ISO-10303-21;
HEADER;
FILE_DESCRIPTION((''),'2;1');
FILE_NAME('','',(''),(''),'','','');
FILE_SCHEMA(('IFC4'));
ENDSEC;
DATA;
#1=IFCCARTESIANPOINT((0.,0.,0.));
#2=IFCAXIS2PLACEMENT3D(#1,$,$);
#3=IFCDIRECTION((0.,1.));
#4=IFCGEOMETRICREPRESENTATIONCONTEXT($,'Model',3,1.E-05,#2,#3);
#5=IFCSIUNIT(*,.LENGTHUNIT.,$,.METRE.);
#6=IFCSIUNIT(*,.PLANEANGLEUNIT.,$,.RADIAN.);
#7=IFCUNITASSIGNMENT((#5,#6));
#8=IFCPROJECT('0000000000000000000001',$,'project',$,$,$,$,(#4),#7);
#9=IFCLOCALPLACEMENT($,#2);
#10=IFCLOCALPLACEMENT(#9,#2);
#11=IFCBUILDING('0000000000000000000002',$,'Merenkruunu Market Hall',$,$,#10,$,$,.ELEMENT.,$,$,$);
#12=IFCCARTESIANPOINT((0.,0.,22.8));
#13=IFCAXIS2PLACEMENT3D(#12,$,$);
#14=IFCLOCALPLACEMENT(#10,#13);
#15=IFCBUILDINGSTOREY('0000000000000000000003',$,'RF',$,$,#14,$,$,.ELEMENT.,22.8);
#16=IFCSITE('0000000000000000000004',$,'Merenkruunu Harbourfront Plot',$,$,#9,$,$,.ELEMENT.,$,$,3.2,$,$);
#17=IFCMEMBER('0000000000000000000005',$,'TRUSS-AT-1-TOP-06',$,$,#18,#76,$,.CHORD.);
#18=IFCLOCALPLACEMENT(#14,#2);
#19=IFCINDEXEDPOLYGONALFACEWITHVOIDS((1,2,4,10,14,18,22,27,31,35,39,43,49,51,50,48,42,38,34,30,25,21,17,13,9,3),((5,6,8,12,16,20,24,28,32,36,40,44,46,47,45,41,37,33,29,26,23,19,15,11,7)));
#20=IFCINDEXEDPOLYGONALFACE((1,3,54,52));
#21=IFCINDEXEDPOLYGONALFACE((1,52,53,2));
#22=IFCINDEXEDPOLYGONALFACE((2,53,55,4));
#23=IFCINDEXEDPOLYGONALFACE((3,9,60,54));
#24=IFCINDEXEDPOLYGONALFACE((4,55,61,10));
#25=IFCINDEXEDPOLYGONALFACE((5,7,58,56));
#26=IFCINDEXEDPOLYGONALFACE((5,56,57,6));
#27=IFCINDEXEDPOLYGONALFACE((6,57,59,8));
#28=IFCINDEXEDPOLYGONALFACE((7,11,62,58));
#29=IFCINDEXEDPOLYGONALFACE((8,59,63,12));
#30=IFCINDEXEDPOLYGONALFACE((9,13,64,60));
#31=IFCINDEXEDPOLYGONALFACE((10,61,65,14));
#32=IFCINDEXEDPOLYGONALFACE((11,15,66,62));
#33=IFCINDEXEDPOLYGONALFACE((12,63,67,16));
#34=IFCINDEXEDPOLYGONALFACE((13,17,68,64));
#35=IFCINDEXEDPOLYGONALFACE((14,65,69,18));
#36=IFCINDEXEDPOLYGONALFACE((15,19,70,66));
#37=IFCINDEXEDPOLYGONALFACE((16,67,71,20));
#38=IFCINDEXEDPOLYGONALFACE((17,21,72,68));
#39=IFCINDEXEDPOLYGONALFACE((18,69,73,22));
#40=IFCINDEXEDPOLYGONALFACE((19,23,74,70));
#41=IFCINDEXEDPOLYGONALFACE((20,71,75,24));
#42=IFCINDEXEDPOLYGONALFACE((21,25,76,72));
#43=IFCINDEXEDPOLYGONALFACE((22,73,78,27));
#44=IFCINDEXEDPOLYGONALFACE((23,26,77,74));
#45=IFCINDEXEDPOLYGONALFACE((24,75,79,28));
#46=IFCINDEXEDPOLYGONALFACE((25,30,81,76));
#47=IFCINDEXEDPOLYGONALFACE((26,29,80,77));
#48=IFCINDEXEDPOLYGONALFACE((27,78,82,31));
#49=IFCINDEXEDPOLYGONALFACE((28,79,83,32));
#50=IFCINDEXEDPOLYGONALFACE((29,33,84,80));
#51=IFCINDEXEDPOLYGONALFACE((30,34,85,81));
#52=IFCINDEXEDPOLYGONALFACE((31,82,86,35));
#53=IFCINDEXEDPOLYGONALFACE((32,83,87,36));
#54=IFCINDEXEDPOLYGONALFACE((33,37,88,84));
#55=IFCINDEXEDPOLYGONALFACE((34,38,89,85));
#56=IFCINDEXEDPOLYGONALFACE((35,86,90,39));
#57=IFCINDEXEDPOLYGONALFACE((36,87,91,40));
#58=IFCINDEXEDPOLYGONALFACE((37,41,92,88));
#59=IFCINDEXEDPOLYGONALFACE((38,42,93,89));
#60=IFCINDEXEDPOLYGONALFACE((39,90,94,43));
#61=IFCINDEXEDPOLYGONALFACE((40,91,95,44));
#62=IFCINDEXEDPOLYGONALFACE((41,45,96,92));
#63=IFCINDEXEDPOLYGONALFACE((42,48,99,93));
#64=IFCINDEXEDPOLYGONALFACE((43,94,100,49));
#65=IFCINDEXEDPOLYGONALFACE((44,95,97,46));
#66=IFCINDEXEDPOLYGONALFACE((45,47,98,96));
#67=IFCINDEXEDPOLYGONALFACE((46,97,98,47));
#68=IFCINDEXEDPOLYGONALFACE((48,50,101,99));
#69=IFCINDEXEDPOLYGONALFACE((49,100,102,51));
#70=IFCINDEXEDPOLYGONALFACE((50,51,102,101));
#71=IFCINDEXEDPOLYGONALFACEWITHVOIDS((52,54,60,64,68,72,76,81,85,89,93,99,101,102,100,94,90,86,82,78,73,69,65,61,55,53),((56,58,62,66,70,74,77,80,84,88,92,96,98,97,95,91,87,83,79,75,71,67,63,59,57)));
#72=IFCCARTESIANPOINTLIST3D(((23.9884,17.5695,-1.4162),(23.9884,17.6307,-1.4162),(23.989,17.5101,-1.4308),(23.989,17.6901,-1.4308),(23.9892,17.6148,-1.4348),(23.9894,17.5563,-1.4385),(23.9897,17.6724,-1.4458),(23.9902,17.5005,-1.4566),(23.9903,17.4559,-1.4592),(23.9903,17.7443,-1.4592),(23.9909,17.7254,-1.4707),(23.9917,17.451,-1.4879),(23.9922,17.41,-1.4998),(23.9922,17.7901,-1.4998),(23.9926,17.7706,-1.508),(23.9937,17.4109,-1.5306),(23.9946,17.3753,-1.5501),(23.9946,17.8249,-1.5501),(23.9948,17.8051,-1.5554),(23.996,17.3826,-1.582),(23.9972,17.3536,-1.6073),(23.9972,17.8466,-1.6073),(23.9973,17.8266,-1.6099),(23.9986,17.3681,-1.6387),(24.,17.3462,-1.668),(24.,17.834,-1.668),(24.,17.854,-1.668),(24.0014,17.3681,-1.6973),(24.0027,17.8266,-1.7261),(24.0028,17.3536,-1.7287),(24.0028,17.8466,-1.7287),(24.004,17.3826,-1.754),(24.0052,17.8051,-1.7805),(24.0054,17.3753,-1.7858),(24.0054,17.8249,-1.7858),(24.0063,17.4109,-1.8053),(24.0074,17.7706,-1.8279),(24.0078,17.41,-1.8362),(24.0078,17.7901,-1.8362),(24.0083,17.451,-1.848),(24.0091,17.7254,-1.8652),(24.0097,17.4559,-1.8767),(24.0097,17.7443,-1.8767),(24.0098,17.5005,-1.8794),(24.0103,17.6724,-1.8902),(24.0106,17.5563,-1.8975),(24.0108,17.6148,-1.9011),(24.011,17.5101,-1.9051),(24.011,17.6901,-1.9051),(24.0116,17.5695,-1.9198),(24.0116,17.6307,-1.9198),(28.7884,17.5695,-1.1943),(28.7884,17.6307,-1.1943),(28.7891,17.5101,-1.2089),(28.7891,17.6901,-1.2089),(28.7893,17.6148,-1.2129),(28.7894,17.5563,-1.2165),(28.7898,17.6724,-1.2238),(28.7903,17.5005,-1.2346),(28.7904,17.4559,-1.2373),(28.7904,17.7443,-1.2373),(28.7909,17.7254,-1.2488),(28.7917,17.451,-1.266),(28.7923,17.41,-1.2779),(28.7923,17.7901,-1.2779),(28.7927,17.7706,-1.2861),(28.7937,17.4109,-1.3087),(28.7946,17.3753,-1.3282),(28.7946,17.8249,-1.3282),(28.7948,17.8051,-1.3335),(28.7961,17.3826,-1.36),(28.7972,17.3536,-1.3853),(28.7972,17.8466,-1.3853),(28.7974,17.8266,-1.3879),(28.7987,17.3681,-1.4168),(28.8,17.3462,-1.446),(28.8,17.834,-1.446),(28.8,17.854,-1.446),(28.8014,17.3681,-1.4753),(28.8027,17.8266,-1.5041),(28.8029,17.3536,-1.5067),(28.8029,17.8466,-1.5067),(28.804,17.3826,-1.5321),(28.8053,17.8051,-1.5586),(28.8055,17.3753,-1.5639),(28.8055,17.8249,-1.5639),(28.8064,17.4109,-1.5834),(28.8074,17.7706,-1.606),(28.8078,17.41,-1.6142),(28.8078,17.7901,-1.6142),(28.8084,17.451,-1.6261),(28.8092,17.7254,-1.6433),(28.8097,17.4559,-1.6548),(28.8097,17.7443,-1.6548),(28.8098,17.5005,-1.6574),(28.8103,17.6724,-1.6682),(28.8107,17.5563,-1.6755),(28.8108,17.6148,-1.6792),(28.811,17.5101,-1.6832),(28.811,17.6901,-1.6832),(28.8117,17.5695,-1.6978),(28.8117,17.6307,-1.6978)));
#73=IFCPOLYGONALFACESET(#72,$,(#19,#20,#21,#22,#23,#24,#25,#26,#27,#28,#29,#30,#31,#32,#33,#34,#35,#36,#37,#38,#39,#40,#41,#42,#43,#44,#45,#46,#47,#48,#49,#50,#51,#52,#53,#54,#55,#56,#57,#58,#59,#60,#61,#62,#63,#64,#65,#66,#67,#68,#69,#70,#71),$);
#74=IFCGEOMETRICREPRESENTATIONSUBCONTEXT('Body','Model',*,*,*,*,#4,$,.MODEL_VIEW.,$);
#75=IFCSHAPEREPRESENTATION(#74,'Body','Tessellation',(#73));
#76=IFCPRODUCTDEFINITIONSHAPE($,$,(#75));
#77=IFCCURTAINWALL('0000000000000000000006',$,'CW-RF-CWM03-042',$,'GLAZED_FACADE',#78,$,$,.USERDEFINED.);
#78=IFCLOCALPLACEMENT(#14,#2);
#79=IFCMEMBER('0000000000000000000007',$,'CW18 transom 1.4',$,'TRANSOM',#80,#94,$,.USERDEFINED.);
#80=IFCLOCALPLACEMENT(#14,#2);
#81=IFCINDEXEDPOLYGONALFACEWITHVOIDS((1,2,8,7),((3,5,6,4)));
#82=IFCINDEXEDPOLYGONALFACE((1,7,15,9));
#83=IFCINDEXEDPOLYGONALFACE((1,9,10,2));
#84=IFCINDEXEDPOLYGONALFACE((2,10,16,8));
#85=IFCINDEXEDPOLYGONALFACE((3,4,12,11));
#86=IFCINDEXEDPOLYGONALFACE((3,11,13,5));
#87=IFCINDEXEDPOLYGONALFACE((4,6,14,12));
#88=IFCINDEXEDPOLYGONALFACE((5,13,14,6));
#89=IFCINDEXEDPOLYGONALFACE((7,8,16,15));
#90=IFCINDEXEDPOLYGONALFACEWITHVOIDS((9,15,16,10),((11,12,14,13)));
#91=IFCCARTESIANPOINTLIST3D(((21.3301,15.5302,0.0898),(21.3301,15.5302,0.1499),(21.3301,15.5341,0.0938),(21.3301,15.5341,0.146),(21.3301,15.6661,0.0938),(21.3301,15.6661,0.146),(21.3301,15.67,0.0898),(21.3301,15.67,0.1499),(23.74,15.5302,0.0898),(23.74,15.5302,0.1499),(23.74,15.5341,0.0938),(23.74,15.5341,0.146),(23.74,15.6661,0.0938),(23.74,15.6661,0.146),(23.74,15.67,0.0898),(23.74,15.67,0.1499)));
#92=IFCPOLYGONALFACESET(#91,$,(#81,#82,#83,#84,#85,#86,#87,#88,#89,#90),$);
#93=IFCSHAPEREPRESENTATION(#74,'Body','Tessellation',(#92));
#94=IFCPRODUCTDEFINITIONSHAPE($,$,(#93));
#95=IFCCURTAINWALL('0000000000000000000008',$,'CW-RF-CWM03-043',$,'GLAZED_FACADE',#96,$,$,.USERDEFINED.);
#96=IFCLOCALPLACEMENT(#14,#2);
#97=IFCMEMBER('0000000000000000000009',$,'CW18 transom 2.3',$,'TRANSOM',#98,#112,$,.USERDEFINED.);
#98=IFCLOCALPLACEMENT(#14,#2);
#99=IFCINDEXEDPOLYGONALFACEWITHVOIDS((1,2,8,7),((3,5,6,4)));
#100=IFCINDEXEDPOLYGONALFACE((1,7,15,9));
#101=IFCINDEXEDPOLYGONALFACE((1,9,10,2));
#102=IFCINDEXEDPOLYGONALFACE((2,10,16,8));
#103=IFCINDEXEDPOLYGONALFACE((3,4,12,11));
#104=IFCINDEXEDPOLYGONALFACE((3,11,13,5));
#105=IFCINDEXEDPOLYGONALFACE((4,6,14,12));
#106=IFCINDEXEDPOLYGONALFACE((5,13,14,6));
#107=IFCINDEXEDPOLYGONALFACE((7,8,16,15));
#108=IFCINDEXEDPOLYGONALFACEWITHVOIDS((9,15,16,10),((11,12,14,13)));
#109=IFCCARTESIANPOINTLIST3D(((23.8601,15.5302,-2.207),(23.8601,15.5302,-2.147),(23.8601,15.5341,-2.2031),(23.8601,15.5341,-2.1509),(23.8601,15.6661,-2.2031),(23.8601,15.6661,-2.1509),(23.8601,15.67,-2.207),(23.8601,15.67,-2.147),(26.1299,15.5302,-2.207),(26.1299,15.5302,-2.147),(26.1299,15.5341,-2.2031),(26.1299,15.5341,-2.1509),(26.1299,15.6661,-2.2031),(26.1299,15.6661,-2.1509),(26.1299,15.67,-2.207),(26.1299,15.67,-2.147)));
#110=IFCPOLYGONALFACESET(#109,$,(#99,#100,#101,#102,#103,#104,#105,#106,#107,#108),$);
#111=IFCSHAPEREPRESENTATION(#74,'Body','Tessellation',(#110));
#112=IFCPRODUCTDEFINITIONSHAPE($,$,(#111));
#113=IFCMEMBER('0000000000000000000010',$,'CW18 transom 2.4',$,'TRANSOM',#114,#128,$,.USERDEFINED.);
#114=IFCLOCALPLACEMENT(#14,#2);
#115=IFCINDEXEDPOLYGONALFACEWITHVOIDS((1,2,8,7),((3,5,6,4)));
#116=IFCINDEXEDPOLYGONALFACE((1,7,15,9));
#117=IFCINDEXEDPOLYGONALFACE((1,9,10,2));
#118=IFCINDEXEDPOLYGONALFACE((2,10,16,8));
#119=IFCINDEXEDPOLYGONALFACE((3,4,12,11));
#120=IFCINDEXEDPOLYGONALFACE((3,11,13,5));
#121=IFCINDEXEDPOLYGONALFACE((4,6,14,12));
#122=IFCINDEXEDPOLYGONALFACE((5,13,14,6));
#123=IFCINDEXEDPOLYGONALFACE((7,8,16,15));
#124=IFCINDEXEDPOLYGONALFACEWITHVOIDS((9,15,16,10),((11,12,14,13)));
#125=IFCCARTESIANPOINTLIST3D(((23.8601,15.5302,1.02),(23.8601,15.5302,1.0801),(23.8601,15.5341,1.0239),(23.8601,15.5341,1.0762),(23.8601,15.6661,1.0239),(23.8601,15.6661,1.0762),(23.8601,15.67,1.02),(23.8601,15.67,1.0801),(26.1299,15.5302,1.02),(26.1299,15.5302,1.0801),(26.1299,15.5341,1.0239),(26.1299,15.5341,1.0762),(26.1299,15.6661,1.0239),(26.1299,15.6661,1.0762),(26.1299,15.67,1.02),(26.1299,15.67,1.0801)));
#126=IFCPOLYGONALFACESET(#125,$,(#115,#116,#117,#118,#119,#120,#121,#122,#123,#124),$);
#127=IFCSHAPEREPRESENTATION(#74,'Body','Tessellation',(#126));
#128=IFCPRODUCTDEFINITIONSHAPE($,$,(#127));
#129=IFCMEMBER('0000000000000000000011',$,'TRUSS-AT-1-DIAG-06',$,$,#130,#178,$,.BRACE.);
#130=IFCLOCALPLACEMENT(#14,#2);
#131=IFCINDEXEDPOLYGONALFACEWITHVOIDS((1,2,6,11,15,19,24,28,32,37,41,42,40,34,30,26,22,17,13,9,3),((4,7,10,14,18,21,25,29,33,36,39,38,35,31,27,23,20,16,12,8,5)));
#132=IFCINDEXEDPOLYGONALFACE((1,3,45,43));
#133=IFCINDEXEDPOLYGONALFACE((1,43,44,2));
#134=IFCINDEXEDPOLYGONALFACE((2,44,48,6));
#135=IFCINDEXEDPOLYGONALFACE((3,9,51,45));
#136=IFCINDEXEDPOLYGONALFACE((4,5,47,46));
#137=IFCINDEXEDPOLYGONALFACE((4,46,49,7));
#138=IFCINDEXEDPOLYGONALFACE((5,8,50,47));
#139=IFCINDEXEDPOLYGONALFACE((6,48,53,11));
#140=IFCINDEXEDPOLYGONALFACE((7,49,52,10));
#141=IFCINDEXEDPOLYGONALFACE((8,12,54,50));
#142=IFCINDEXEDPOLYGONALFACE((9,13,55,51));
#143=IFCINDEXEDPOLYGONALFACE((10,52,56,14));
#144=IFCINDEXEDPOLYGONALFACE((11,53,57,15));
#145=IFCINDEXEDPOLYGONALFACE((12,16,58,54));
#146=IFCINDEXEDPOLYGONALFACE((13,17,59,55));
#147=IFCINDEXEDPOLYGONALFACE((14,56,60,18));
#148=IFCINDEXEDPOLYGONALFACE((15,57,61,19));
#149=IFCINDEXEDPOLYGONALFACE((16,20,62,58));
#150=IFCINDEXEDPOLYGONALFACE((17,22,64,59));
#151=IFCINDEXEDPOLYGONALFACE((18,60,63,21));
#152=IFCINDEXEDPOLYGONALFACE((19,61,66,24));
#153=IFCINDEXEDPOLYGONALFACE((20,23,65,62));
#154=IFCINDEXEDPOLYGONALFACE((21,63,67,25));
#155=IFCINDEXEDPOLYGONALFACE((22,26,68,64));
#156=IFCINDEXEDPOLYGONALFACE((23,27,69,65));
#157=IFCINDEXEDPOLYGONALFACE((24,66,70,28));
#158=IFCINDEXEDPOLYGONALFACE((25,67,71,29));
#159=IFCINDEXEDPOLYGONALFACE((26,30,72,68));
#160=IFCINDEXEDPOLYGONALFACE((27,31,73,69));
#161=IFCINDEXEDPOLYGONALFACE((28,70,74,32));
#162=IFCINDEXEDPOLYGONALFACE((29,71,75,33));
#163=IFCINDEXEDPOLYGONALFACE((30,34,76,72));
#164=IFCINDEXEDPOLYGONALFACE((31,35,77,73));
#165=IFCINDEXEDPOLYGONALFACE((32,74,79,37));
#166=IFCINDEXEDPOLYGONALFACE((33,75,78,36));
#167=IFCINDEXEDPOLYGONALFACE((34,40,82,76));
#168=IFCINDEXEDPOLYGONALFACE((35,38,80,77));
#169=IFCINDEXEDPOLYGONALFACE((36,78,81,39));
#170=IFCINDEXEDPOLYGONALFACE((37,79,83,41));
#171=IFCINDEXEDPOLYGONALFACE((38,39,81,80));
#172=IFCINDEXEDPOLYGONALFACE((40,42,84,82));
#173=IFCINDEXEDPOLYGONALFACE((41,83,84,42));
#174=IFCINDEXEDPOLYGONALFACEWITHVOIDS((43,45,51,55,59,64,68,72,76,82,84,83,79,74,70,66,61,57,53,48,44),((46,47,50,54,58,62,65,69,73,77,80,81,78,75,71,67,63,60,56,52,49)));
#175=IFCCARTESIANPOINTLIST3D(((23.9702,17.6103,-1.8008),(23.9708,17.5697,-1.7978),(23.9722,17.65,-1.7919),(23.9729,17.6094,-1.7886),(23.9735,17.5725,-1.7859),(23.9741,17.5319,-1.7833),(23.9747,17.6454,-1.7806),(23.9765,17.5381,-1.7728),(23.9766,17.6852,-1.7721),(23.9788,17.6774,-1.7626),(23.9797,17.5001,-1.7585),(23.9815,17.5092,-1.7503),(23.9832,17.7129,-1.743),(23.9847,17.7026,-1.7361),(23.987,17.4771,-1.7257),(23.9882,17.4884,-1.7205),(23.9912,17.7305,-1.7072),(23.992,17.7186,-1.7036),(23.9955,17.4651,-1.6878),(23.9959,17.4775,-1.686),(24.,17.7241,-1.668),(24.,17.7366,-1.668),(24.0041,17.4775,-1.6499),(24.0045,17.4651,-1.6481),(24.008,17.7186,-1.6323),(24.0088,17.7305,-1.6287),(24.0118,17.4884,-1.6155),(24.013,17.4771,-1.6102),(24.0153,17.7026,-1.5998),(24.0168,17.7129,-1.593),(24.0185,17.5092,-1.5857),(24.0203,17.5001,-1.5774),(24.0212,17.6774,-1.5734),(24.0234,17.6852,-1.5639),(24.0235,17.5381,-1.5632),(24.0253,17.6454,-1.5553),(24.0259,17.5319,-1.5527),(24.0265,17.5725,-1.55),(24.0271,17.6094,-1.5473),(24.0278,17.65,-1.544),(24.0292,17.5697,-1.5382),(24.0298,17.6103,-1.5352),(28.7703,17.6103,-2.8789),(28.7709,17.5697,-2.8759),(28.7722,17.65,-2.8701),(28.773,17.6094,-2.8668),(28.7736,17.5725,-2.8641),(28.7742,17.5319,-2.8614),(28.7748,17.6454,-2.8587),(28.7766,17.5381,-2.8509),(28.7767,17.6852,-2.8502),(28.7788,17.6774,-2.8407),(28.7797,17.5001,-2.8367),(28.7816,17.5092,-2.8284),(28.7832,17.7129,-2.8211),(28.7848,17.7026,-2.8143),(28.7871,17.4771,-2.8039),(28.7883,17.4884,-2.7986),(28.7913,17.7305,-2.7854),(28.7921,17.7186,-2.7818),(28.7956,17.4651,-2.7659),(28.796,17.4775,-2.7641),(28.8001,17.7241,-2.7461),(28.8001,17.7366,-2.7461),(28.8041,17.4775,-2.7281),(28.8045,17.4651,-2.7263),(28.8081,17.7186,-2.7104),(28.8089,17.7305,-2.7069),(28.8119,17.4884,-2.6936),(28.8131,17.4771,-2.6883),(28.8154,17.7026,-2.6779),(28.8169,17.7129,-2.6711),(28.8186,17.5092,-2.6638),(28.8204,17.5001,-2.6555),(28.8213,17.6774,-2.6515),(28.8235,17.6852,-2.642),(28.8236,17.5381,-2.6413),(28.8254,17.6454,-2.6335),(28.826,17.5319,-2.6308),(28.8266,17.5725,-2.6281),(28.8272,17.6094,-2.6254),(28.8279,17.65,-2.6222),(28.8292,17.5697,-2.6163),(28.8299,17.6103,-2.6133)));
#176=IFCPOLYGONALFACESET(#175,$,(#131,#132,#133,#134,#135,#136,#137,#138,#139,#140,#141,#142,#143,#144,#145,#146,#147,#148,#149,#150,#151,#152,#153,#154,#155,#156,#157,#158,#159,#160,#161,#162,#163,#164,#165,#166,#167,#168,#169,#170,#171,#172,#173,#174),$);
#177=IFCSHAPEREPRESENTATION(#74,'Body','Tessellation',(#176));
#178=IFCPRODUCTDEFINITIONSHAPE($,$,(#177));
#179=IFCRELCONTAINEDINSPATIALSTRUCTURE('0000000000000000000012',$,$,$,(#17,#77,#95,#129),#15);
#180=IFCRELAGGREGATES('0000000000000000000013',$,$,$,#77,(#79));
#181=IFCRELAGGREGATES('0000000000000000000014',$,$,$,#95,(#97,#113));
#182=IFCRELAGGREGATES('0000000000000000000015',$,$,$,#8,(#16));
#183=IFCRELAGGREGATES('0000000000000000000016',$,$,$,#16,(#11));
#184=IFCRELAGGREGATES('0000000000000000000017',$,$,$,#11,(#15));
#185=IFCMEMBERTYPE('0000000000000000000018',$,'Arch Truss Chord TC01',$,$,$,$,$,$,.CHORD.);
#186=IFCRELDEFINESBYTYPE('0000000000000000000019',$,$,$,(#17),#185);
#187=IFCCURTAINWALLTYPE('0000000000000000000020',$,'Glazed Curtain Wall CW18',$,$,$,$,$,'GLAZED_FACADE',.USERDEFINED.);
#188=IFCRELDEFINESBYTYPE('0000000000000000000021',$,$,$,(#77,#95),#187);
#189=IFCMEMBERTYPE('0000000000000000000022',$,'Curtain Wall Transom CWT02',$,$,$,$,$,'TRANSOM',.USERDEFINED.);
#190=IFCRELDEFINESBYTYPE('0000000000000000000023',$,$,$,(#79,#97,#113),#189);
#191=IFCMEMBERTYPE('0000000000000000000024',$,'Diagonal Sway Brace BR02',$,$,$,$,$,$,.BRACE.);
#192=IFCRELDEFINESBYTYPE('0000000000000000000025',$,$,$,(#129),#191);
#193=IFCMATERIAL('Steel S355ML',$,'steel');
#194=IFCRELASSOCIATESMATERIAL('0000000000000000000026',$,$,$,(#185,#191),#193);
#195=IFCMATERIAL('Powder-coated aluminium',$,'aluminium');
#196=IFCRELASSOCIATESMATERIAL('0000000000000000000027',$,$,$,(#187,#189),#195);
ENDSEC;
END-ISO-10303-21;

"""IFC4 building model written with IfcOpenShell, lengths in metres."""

from ifc_helpers import new_model, si_unit, direction, frame, origin, origin_2d, place, context, subcontext, project, spatial, hollow_rectangle, hollow_circle, extrude, material, material_profile, profile_set, type_object, element, aggregate, save


model = new_model("IFC4")

# Units and contexts
model_context = context("Model", 3, precision=1e-05, world=origin(), true_north=direction((0.0, 1.0)))
body_context = subcontext(model_context, "Body", "Model", "MODEL_VIEW")
ifc_project = project(units=[si_unit("LENGTHUNIT", "METRE"), si_unit("PLANEANGLEUNIT", "RADIAN")], contexts=[model_context])

# Site, building, storey
site_placement = place(None, origin())
site = spatial("IfcSite", under=ifc_project, at=site_placement, Name="Merenkruunu Harbourfront Plot", CompositionType="ELEMENT", RefElevation=3.2)
building_placement = place(site_placement, origin())
building = spatial("IfcBuilding", under=site, at=building_placement, Name="Merenkruunu Market Hall", CompositionType="ELEMENT")
storey_placement = place(building_placement, frame((0.0, 0.0, 22.8)))
storey = spatial("IfcBuildingStorey", under=building, at=storey_placement, Name="RF", CompositionType="ELEMENT", Elevation=22.8)

# Member
ifc_material_1 = material(Name="Steel S355ML", Category="steel")
ifc_material_profile_1 = material_profile(ifc_material_1, hollow_circle(Radius=0.2539, WallThickness=0.02, at=origin_2d()), Name="CHS 508x20")
ifc_profile_set_1 = profile_set([ifc_material_profile_1], Name="Steel S355ML")
member_type_1 = type_object("IfcMemberType", Name="Arch Truss Chord TC01", PredefinedType="CHORD", material=ifc_profile_set_1)
member_1_placement = place(storey_placement, frame((24.0, 17.6001, -1.668), z_axis=(0.998933, 0.0, 0.046184), x_axis=(0.0, 1.0, 0.0)))
element("IfcMember", 1, at=member_1_placement, inside=storey, type_object=member_type_1, Name="TRUSS-AT-1-TOP-06", PredefinedType="CHORD", context=body_context, shape_type="SweptSolid", body=[
    extrude(hollow_circle(Radius=0.2539, WallThickness=0.02, at=origin_2d()), origin(), (0.0, 0.0, 1.0), 4.8052),
])

# Curtain wall, member
ifc_material_2 = material(Name="Powder-coated aluminium", Category="aluminium")
curtain_wall_type = type_object("IfcCurtainWallType", Name="Glazed Curtain Wall CW18", ElementType="GLAZED_FACADE", PredefinedType="USERDEFINED", material=ifc_material_2)
curtain_wall_1_placement = place(storey_placement, origin())
curtain_wall_1 = element("IfcCurtainWall", 2, at=curtain_wall_1_placement, inside=storey, type_object=curtain_wall_type, Name="CW-RF-CWM03-042", ObjectType="GLAZED_FACADE", PredefinedType="USERDEFINED")
ifc_material_profile_2 = material_profile(ifc_material_2, hollow_rectangle(XDim=0.0601, YDim=0.1399, WallThickness=0.0039, at=origin_2d()), Name="ALU 60x140x4")
ifc_profile_set_2 = profile_set([ifc_material_profile_2], Name="Powder-coated aluminium")
member_type_2 = type_object("IfcMemberType", Name="Curtain Wall Transom CWT02", ElementType="TRANSOM", PredefinedType="USERDEFINED", material=ifc_profile_set_2)
member_2_placement = place(storey_placement, frame((23.74, 15.6001, 0.1199), z_axis=(-1.0, 0.0, 0.0), x_axis=(0.0, 0.0, 1.0)))
member_2 = element("IfcMember", 3, at=member_2_placement, type_object=member_type_2, Name="CW18 transom 1.4", ObjectType="TRANSOM", PredefinedType="USERDEFINED", context=body_context, shape_type="SweptSolid", body=[
    extrude(hollow_rectangle(XDim=0.0601, YDim=0.1399, WallThickness=0.0039, at=origin_2d()), origin(), (0.0, 0.0, 1.0), 2.4099),
])
aggregate(curtain_wall_1, [member_2])

# Curtain wall, members
curtain_wall_2_placement = place(storey_placement, origin())
curtain_wall_2 = element("IfcCurtainWall", 4, at=curtain_wall_2_placement, inside=storey, type_object=curtain_wall_type, Name="CW-RF-CWM03-043", ObjectType="GLAZED_FACADE", PredefinedType="USERDEFINED")
member_3_placement = place(storey_placement, frame((26.1299, 15.6001, -2.177), z_axis=(-1.0, 0.0, 0.0), x_axis=(0.0, 0.0, 1.0)))
member_3 = element("IfcMember", 5, at=member_3_placement, type_object=member_type_2, Name="CW18 transom 2.3", ObjectType="TRANSOM", PredefinedType="USERDEFINED", context=body_context, shape_type="SweptSolid", body=[
    extrude(hollow_rectangle(XDim=0.0601, YDim=0.1399, WallThickness=0.0039, at=origin_2d()), origin(), (0.0, 0.0, 1.0), 2.2698),
])
member_4_placement = place(storey_placement, frame((26.1299, 15.6001, 1.05), z_axis=(-1.0, 0.0, 0.0), x_axis=(0.0, 0.0, 1.0)))
member_4 = element("IfcMember", 6, at=member_4_placement, type_object=member_type_2, Name="CW18 transom 2.4", ObjectType="TRANSOM", PredefinedType="USERDEFINED", context=body_context, shape_type="SweptSolid", body=[
    extrude(hollow_rectangle(XDim=0.0601, YDim=0.1399, WallThickness=0.0039, at=origin_2d()), origin(), (0.0, 0.0, 1.0), 2.2698),
])

# Member
ifc_material_profile_3 = material_profile(ifc_material_1, hollow_circle(Radius=0.1365, WallThickness=0.0125, at=origin_2d()), Name="CHS 273x12.5")
ifc_profile_set_3 = profile_set([ifc_material_profile_3], Name="Steel S355ML")
member_type_3 = type_object("IfcMemberType", Name="Diagonal Sway Brace BR02", PredefinedType="BRACE", material=ifc_profile_set_3)
member_5_placement = place(storey_placement, frame((24.0, 17.6001, -1.668), z_axis=(0.975692, 0.0, -0.219147), x_axis=(0.0, 1.0, 0.0)))
element("IfcMember", 7, at=member_5_placement, inside=storey, type_object=member_type_3, Name="TRUSS-AT-1-DIAG-06", PredefinedType="BRACE", context=body_context, shape_type="SweptSolid", body=[
    extrude(hollow_circle(Radius=0.1365, WallThickness=0.0125, at=origin_2d()), origin(), (0.0, 0.0, 1.0), 4.9197),
])

aggregate(curtain_wall_2, [member_3, member_4])

save(model, "model.ifc")
